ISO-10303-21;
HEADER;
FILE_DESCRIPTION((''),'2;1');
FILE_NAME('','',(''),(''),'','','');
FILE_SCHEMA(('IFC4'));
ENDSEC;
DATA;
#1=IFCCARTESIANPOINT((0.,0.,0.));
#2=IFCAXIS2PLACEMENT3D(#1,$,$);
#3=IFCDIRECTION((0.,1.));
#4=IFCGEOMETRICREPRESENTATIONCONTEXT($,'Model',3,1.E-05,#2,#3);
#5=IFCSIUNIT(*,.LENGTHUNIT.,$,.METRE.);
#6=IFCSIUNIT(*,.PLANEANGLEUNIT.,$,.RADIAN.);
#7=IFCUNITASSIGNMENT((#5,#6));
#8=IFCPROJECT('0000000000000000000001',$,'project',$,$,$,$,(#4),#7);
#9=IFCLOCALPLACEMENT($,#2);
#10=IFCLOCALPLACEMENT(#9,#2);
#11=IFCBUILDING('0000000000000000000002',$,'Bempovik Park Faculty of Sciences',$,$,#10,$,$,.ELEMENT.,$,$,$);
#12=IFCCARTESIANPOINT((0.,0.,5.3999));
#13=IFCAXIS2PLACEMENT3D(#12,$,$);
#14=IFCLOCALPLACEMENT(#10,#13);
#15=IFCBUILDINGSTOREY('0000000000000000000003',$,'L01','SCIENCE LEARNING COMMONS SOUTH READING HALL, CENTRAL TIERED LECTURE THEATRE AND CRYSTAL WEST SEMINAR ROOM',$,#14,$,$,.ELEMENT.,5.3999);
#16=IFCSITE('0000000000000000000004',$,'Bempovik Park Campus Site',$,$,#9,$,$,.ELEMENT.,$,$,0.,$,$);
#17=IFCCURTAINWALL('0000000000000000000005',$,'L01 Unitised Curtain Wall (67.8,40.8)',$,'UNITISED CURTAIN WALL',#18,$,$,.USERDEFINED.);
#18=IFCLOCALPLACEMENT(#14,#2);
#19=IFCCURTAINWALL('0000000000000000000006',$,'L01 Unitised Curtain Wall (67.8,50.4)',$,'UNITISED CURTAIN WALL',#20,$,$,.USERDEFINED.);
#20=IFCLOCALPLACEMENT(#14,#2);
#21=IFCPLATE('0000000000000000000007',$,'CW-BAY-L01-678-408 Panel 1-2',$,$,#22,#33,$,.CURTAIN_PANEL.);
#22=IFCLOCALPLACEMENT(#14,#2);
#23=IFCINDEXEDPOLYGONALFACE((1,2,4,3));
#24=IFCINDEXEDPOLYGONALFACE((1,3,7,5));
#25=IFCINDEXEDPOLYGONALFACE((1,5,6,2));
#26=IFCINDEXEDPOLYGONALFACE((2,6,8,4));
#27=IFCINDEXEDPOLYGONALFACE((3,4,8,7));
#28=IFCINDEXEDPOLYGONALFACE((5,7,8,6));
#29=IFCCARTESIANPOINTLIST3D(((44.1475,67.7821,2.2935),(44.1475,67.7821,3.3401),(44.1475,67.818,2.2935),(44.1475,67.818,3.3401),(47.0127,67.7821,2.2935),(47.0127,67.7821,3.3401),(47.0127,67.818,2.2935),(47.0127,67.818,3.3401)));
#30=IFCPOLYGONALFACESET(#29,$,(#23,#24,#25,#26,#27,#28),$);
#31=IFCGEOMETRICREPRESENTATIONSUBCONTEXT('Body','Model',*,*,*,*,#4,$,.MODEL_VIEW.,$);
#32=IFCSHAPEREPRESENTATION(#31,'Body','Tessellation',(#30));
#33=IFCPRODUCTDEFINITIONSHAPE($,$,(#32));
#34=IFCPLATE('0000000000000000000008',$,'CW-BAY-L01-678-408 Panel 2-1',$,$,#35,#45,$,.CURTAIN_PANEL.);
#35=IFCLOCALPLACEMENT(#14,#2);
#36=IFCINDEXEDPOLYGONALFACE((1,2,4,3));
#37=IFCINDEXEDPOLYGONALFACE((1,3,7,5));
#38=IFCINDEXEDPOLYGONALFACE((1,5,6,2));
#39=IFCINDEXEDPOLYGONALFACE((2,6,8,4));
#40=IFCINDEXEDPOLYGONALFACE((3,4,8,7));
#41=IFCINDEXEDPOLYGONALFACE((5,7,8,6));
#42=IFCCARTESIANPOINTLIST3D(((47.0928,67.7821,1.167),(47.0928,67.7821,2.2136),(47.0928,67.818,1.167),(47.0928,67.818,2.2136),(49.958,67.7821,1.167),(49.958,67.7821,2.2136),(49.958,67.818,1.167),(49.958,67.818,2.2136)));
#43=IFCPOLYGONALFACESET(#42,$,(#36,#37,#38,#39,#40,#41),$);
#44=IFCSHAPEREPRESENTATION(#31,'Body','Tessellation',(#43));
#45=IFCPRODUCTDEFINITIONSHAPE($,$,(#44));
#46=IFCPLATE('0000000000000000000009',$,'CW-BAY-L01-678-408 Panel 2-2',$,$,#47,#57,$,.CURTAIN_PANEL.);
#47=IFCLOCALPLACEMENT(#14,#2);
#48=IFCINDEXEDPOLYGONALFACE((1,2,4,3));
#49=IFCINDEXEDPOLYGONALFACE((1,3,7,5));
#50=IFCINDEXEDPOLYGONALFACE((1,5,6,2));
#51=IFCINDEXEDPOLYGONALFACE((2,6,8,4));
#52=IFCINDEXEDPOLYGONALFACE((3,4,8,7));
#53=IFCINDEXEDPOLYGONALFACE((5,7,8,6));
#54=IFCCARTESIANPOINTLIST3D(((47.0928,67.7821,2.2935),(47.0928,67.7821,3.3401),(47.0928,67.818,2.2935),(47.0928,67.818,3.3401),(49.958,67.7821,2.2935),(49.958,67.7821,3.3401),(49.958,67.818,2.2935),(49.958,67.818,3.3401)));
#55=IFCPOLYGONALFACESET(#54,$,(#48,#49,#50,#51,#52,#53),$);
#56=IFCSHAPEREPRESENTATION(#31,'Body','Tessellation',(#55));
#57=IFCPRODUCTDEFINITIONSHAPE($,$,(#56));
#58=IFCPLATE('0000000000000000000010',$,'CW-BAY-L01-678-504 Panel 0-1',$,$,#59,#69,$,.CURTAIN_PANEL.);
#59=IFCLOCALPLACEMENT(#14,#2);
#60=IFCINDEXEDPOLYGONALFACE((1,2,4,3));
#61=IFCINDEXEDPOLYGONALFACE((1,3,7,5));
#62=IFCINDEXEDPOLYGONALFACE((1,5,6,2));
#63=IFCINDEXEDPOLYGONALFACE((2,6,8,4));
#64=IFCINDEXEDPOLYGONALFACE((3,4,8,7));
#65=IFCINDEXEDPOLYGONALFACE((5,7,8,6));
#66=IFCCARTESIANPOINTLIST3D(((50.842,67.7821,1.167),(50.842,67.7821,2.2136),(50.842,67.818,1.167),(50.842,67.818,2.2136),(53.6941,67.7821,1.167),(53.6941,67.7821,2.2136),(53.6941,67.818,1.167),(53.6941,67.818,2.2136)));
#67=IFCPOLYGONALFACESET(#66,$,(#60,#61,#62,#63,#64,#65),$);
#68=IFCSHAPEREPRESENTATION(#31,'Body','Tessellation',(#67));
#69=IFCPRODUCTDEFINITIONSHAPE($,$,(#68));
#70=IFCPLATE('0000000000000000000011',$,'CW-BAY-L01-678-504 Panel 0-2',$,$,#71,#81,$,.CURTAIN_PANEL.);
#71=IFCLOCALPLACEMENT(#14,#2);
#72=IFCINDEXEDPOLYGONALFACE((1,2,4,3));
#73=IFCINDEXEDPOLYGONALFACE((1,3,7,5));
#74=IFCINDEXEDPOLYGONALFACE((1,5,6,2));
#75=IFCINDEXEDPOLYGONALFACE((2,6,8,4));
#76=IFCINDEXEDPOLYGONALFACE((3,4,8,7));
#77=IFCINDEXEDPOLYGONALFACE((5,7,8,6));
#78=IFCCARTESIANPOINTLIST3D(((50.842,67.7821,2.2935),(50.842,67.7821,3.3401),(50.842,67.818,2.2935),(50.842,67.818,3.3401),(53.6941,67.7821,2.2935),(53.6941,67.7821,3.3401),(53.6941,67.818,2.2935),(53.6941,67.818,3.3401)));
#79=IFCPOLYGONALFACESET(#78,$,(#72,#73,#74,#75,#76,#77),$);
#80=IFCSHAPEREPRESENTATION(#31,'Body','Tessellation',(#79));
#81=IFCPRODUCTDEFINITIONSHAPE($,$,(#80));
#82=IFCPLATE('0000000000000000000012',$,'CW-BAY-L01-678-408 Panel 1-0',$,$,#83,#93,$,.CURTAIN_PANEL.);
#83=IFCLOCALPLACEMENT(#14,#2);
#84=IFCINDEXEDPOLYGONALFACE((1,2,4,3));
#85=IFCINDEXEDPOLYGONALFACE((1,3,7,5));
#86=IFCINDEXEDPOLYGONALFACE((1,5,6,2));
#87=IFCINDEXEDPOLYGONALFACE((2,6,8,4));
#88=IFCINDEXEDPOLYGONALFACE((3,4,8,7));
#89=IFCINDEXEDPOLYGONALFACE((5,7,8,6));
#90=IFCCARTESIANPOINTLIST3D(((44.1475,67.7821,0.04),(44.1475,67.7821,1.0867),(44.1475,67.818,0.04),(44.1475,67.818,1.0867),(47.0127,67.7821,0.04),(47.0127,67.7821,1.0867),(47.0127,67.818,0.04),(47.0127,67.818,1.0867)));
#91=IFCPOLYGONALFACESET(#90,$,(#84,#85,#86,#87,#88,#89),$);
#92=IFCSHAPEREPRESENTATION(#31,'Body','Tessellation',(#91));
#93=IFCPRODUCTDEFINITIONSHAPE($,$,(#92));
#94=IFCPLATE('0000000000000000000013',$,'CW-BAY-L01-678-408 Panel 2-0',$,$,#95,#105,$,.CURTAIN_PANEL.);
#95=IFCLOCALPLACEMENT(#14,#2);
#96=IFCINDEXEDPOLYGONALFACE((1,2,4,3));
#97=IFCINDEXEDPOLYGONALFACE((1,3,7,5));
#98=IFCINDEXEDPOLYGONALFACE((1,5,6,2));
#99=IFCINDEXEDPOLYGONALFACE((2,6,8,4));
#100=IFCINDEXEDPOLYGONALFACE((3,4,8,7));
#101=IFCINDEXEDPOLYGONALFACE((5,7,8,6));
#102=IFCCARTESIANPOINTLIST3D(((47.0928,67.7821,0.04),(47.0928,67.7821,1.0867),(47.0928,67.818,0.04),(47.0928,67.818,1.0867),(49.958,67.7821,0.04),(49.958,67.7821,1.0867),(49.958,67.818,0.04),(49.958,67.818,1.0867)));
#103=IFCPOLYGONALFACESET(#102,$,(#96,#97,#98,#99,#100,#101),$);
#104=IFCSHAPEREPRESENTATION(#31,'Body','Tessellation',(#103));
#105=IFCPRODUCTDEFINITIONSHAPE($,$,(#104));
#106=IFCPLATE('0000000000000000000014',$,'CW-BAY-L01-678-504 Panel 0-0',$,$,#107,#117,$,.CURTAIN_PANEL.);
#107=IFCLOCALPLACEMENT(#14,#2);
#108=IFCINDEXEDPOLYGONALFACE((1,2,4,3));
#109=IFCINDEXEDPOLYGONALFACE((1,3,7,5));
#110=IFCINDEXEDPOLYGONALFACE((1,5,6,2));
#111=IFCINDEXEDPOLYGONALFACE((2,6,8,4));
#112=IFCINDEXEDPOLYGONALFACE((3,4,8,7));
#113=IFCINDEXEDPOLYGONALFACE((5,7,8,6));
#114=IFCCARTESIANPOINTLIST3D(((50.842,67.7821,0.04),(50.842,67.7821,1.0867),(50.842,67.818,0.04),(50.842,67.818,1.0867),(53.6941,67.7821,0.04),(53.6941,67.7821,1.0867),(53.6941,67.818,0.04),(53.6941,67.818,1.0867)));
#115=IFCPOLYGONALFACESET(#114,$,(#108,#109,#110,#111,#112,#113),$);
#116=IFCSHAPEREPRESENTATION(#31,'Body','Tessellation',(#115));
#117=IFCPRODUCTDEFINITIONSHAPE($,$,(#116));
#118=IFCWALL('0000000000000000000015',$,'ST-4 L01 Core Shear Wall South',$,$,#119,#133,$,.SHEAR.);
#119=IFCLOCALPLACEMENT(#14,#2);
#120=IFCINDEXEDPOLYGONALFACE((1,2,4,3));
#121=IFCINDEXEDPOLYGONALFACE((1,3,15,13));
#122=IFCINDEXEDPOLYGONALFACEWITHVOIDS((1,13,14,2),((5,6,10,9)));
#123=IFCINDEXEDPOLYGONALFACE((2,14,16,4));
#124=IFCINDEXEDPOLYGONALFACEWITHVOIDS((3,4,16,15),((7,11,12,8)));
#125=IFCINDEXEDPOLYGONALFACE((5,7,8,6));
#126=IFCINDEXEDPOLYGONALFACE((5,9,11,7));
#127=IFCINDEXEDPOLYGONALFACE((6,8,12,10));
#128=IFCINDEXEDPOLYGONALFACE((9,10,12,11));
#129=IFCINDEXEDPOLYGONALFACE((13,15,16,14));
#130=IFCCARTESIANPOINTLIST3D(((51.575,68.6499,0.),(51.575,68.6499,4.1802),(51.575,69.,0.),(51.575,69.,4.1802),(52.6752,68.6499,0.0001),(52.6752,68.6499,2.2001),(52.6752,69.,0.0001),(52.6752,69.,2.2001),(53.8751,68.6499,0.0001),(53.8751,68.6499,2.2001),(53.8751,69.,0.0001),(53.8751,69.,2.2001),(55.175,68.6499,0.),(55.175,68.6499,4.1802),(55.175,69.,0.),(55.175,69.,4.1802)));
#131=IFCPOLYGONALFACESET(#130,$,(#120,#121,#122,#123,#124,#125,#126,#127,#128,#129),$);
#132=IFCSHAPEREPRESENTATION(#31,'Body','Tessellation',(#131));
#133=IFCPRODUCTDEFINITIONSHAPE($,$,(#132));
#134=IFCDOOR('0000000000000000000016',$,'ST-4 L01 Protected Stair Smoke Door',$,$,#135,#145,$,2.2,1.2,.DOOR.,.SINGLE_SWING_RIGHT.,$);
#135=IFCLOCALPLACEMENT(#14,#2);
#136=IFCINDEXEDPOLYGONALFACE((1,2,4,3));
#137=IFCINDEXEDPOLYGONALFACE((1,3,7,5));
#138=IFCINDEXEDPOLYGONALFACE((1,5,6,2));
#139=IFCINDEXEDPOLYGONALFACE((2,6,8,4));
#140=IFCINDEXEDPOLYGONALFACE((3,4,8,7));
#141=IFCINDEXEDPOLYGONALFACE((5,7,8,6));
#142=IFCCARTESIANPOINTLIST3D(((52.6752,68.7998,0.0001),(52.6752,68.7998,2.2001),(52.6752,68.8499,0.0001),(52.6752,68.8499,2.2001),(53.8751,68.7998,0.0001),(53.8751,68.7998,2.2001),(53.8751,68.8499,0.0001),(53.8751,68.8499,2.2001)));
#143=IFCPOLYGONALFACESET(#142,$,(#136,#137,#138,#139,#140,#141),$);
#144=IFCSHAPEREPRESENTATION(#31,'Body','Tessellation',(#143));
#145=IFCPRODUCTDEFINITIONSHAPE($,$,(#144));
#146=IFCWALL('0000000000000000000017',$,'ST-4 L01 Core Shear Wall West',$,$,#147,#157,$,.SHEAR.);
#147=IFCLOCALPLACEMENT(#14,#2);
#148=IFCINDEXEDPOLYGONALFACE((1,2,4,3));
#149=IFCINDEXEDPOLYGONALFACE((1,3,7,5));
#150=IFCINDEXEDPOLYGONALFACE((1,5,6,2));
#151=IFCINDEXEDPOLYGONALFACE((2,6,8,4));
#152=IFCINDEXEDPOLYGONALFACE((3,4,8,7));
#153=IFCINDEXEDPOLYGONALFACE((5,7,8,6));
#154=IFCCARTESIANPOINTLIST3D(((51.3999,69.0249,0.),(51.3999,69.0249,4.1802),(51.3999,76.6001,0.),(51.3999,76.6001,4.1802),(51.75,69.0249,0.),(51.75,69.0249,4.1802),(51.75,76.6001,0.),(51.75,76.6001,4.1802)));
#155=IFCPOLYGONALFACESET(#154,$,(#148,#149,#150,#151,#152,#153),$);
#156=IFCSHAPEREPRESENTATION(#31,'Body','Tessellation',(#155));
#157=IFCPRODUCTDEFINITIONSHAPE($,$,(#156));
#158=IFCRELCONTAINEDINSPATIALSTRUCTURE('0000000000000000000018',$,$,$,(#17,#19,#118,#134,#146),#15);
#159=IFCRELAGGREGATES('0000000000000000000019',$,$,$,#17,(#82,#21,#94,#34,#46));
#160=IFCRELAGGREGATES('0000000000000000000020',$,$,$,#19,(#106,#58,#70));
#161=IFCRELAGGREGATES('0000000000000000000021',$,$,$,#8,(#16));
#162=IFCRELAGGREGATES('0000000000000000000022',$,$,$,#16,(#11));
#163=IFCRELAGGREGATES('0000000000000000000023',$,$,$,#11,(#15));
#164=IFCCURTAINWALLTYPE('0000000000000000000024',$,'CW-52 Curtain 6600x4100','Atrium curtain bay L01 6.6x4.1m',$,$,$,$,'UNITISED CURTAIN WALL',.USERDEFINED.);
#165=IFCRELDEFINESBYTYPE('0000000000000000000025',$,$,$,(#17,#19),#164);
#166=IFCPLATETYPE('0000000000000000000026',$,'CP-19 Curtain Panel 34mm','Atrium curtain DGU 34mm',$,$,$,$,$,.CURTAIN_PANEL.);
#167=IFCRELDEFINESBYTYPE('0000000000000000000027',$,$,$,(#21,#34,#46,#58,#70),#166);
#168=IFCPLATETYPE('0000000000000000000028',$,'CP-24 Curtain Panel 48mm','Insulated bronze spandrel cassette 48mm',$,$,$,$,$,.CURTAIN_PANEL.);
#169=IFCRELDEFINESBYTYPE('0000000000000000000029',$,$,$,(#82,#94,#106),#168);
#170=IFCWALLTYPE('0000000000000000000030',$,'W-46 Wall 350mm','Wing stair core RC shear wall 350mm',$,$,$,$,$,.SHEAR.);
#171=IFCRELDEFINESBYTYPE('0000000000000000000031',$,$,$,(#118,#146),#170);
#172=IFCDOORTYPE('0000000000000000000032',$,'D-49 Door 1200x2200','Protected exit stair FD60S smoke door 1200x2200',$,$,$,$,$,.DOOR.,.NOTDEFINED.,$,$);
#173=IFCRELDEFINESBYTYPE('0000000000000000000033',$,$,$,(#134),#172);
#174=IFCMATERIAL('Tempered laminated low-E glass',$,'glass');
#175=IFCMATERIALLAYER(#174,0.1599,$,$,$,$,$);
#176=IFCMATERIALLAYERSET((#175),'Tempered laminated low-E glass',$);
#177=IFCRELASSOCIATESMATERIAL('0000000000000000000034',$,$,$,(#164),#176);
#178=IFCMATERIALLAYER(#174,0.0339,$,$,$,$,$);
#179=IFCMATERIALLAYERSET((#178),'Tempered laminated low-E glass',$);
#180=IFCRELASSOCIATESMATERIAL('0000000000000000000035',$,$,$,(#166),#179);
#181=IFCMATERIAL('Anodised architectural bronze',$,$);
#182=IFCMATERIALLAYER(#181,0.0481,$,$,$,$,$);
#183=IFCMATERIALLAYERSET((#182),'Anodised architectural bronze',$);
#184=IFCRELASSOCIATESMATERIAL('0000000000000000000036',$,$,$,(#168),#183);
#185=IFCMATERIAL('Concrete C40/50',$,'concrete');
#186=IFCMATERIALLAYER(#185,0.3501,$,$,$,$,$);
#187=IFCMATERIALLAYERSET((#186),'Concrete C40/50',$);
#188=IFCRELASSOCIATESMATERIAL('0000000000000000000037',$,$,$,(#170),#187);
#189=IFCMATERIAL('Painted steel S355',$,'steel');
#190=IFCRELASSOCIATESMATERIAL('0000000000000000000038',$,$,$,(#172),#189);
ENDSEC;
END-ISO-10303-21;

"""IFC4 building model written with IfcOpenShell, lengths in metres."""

from ifc_helpers import new_model, si_unit, direction, frame, frame_2d, origin, origin_2d, place, context, subcontext, project, spatial, rectangle, extrude, material, layer, layer_set, type_object, element, fill, aggregate, save


model = new_model("IFC4")

# Units and contexts
model_context = context("Model", 3, precision=1e-05, world=origin(), true_north=direction((0.0, 1.0)))
body_context = subcontext(model_context, "Body", "Model", "MODEL_VIEW")
ifc_project = project(units=[si_unit("LENGTHUNIT", "METRE"), si_unit("PLANEANGLEUNIT", "RADIAN")], contexts=[model_context])

# Site, building, storey
site_placement = place(None, origin())
site = spatial("IfcSite", under=ifc_project, at=site_placement, Name="Bempovik Park Campus Site", CompositionType="ELEMENT", RefElevation=0.0)
building_placement = place(site_placement, origin())
building = spatial("IfcBuilding", under=site, at=building_placement, Name="Bempovik Park Faculty of Sciences", CompositionType="ELEMENT")
storey_placement = place(building_placement, frame((0.0, 0.0, 5.3999)))
storey = spatial("IfcBuildingStorey", under=building, at=storey_placement, Name="L01", Description="SCIENCE LEARNING COMMONS SOUTH READING HALL, CENTRAL TIERED LECTURE THEATRE AND CRYSTAL WEST SEMINAR ROOM", CompositionType="ELEMENT", Elevation=5.3999)

# Shared definitions
ifc_material_1 = material(Name="Concrete C40/50", Category="concrete")

# Curtain walls
ifc_material_2 = material(Name="Tempered laminated low-E glass", Category="glass")
ifc_layer_1 = layer(ifc_material_2, 0.1599)
ifc_layer_set_1 = layer_set([ifc_layer_1], Name="Tempered laminated low-E glass")
curtain_wall_type = type_object("IfcCurtainWallType", Name="CW-52 Curtain 6600x4100", Description="Atrium curtain bay L01 6.6x4.1m", ElementType="UNITISED CURTAIN WALL", PredefinedType="USERDEFINED", material=ifc_layer_set_1)
curtain_wall_1_placement = place(storey_placement, origin())
curtain_wall_1 = element("IfcCurtainWall", 1, at=curtain_wall_1_placement, inside=storey, type_object=curtain_wall_type, Name="L01 Unitised Curtain Wall (67.8,40.8)", ObjectType="UNITISED CURTAIN WALL", PredefinedType="USERDEFINED")
curtain_wall_2_placement = place(storey_placement, origin())
curtain_wall_2 = element("IfcCurtainWall", 2, at=curtain_wall_2_placement, inside=storey, type_object=curtain_wall_type, Name="L01 Unitised Curtain Wall (67.8,50.4)", ObjectType="UNITISED CURTAIN WALL", PredefinedType="USERDEFINED")

# Plates
ifc_layer_2 = layer(ifc_material_2, 0.0339)
ifc_layer_set_2 = layer_set([ifc_layer_2], Name="Tempered laminated low-E glass")
plate_type_1 = type_object("IfcPlateType", Name="CP-19 Curtain Panel 34mm", Description="Atrium curtain DGU 34mm", PredefinedType="CURTAIN_PANEL", material=ifc_layer_set_2)
plate_1_placement = place(storey_placement, frame((45.5801, 67.8, 2.2935), z_axis=(0.0, 0.0, 1.0), x_axis=(1.0, 0.0, 0.0)))
plate_1 = element("IfcPlate", 3, at=plate_1_placement, type_object=plate_type_1, Name="CW-BAY-L01-678-408 Panel 1-2", PredefinedType="CURTAIN_PANEL", context=body_context, shape_type="SweptSolid", body=[
    extrude(rectangle(XDim=2.8652, YDim=0.0359, at=origin_2d()), origin(), (0.0, 0.0, 1.0), 1.0466),
])
plate_2_placement = place(storey_placement, frame((48.5254, 67.8, 1.167), z_axis=(0.0, 0.0, 1.0), x_axis=(1.0, 0.0, 0.0)))
plate_2 = element("IfcPlate", 4, at=plate_2_placement, type_object=plate_type_1, Name="CW-BAY-L01-678-408 Panel 2-1", PredefinedType="CURTAIN_PANEL", context=body_context, shape_type="SweptSolid", body=[
    extrude(rectangle(XDim=2.8652, YDim=0.0359, at=origin_2d()), origin(), (0.0, 0.0, 1.0), 1.0466),
])
plate_3_placement = place(storey_placement, frame((48.5254, 67.8, 2.2935), z_axis=(0.0, 0.0, 1.0), x_axis=(1.0, 0.0, 0.0)))
plate_3 = element("IfcPlate", 5, at=plate_3_placement, type_object=plate_type_1, Name="CW-BAY-L01-678-408 Panel 2-2", PredefinedType="CURTAIN_PANEL", context=body_context, shape_type="SweptSolid", body=[
    extrude(rectangle(XDim=2.8652, YDim=0.0359, at=origin_2d()), origin(), (0.0, 0.0, 1.0), 1.0466),
])
plate_4_placement = place(storey_placement, frame((52.2681, 67.8, 1.167), z_axis=(0.0, 0.0, 1.0), x_axis=(1.0, 0.0, 0.0)))
plate_4 = element("IfcPlate", 6, at=plate_4_placement, type_object=plate_type_1, Name="CW-BAY-L01-678-504 Panel 0-1", PredefinedType="CURTAIN_PANEL", context=body_context, shape_type="SweptSolid", body=[
    extrude(rectangle(XDim=2.8521, YDim=0.0359, at=origin_2d()), origin(), (0.0, 0.0, 1.0), 1.0466),
])
plate_5_placement = place(storey_placement, frame((52.2681, 67.8, 2.2935), z_axis=(0.0, 0.0, 1.0), x_axis=(1.0, 0.0, 0.0)))
plate_5 = element("IfcPlate", 7, at=plate_5_placement, type_object=plate_type_1, Name="CW-BAY-L01-678-504 Panel 0-2", PredefinedType="CURTAIN_PANEL", context=body_context, shape_type="SweptSolid", body=[
    extrude(rectangle(XDim=2.8521, YDim=0.0359, at=origin_2d()), origin(), (0.0, 0.0, 1.0), 1.0466),
])
ifc_material_3 = material(Name="Anodised architectural bronze")
ifc_layer_3 = layer(ifc_material_3, 0.0481)
ifc_layer_set_3 = layer_set([ifc_layer_3], Name="Anodised architectural bronze")
plate_type_2 = type_object("IfcPlateType", Name="CP-24 Curtain Panel 48mm", Description="Insulated bronze spandrel cassette 48mm", PredefinedType="CURTAIN_PANEL", material=ifc_layer_set_3)
plate_6_placement = place(storey_placement, frame((45.5801, 67.8, 0.04), z_axis=(0.0, 0.0, 1.0), x_axis=(1.0, 0.0, 0.0)))
plate_6 = element("IfcPlate", 8, at=plate_6_placement, type_object=plate_type_2, Name="CW-BAY-L01-678-408 Panel 1-0", PredefinedType="CURTAIN_PANEL", context=body_context, shape_type="SweptSolid", body=[
    extrude(rectangle(XDim=2.8652, YDim=0.0359, at=origin_2d()), origin(), (0.0, 0.0, 1.0), 1.0466),
])
plate_7_placement = place(storey_placement, frame((48.5254, 67.8, 0.04), z_axis=(0.0, 0.0, 1.0), x_axis=(1.0, 0.0, 0.0)))
plate_7 = element("IfcPlate", 9, at=plate_7_placement, type_object=plate_type_2, Name="CW-BAY-L01-678-408 Panel 2-0", PredefinedType="CURTAIN_PANEL", context=body_context, shape_type="SweptSolid", body=[
    extrude(rectangle(XDim=2.8652, YDim=0.0359, at=origin_2d()), origin(), (0.0, 0.0, 1.0), 1.0466),
])
aggregate(curtain_wall_1, [plate_6, plate_1, plate_7, plate_2, plate_3])
plate_8_placement = place(storey_placement, frame((52.2681, 67.8, 0.04), z_axis=(0.0, 0.0, 1.0), x_axis=(1.0, 0.0, 0.0)))
plate_8 = element("IfcPlate", 10, at=plate_8_placement, type_object=plate_type_2, Name="CW-BAY-L01-678-504 Panel 0-0", PredefinedType="CURTAIN_PANEL", context=body_context, shape_type="SweptSolid", body=[
    extrude(rectangle(XDim=2.8521, YDim=0.0359, at=origin_2d()), origin(), (0.0, 0.0, 1.0), 1.0466),
])
aggregate(curtain_wall_2, [plate_8, plate_4, plate_5])

# Wall, opening, door
ifc_layer_4 = layer(ifc_material_1, 0.3501)
ifc_layer_set_4 = layer_set([ifc_layer_4], Name="Concrete C40/50")
wall_type = type_object("IfcWallType", Name="W-46 Wall 350mm", Description="Wing stair core RC shear wall 350mm", PredefinedType="SHEAR", material=ifc_layer_set_4)
wall_1_placement = place(storey_placement, frame((51.575, 68.825, 0.0), z_axis=(0.0, 0.0, 1.0), x_axis=(1.0, 0.0, 0.0)))
wall_1 = element("IfcWall", 11, at=wall_1_placement, inside=storey, type_object=wall_type, Name="ST-4 L01 Core Shear Wall South", PredefinedType="SHEAR", context=body_context, shape_type="SweptSolid", body=[
    extrude(rectangle(XDim=3.6001, YDim=0.3501, at=frame_2d((1.8, 0.0))), origin(), (0.0, 0.0, 1.0), 4.1802),
])
opening_placement = place(wall_1_placement, frame((1.1001, 0.0, 0.0)))
opening = element("IfcOpeningElement", 12, at=opening_placement, cuts=wall_1, PredefinedType="OPENING", context=body_context, shape_type="SweptSolid", body=[
    extrude(rectangle(XDim=1.2, YDim=2.2, at=frame_2d((0.6001, 1.1001))), frame((0.0, 0.1851, 0.0), z_axis=(0.0, -1.0, 0.0), x_axis=(1.0, 0.0, 0.0)), (0.0, 0.0, 1.0), 0.3701),
])
ifc_material_4 = material(Name="Painted steel S355", Category="steel")
door_type = type_object("IfcDoorType", Name="D-49 Door 1200x2200", Description="Protected exit stair FD60S smoke door 1200x2200", OperationType="NOTDEFINED", PredefinedType="DOOR", material=ifc_material_4)
door_placement = place(opening_placement, origin())
door = element("IfcDoor", 13, at=door_placement, inside=storey, type_object=door_type, Name="ST-4 L01 Protected Stair Smoke Door", OperationType="SINGLE_SWING_RIGHT", OverallHeight=2.2, OverallWidth=1.2, PredefinedType="DOOR", context=body_context, shape_type="SweptSolid", body=[
    extrude(rectangle(XDim=1.2, YDim=2.2, at=frame_2d((0.6001, 1.1001))), frame((0.0, 0.0249, 0.0), z_axis=(0.0, -1.0, 0.0), x_axis=(1.0, 0.0, 0.0)), (0.0, 0.0, 1.0), 0.05),
])
fill(opening, door)

# Wall
wall_2_placement = place(storey_placement, frame((51.575, 69.0249, 0.0), z_axis=(0.0, 0.0, 1.0), x_axis=(0.0, 1.0, 0.0)))
element("IfcWall", 14, at=wall_2_placement, inside=storey, type_object=wall_type, Name="ST-4 L01 Core Shear Wall West", PredefinedType="SHEAR", context=body_context, shape_type="SweptSolid", body=[
    extrude(rectangle(XDim=7.5752, YDim=0.3501, at=frame_2d((3.7876, 0.0))), origin(), (0.0, 0.0, 1.0), 4.1802),
])

save(model, "model.ifc")
